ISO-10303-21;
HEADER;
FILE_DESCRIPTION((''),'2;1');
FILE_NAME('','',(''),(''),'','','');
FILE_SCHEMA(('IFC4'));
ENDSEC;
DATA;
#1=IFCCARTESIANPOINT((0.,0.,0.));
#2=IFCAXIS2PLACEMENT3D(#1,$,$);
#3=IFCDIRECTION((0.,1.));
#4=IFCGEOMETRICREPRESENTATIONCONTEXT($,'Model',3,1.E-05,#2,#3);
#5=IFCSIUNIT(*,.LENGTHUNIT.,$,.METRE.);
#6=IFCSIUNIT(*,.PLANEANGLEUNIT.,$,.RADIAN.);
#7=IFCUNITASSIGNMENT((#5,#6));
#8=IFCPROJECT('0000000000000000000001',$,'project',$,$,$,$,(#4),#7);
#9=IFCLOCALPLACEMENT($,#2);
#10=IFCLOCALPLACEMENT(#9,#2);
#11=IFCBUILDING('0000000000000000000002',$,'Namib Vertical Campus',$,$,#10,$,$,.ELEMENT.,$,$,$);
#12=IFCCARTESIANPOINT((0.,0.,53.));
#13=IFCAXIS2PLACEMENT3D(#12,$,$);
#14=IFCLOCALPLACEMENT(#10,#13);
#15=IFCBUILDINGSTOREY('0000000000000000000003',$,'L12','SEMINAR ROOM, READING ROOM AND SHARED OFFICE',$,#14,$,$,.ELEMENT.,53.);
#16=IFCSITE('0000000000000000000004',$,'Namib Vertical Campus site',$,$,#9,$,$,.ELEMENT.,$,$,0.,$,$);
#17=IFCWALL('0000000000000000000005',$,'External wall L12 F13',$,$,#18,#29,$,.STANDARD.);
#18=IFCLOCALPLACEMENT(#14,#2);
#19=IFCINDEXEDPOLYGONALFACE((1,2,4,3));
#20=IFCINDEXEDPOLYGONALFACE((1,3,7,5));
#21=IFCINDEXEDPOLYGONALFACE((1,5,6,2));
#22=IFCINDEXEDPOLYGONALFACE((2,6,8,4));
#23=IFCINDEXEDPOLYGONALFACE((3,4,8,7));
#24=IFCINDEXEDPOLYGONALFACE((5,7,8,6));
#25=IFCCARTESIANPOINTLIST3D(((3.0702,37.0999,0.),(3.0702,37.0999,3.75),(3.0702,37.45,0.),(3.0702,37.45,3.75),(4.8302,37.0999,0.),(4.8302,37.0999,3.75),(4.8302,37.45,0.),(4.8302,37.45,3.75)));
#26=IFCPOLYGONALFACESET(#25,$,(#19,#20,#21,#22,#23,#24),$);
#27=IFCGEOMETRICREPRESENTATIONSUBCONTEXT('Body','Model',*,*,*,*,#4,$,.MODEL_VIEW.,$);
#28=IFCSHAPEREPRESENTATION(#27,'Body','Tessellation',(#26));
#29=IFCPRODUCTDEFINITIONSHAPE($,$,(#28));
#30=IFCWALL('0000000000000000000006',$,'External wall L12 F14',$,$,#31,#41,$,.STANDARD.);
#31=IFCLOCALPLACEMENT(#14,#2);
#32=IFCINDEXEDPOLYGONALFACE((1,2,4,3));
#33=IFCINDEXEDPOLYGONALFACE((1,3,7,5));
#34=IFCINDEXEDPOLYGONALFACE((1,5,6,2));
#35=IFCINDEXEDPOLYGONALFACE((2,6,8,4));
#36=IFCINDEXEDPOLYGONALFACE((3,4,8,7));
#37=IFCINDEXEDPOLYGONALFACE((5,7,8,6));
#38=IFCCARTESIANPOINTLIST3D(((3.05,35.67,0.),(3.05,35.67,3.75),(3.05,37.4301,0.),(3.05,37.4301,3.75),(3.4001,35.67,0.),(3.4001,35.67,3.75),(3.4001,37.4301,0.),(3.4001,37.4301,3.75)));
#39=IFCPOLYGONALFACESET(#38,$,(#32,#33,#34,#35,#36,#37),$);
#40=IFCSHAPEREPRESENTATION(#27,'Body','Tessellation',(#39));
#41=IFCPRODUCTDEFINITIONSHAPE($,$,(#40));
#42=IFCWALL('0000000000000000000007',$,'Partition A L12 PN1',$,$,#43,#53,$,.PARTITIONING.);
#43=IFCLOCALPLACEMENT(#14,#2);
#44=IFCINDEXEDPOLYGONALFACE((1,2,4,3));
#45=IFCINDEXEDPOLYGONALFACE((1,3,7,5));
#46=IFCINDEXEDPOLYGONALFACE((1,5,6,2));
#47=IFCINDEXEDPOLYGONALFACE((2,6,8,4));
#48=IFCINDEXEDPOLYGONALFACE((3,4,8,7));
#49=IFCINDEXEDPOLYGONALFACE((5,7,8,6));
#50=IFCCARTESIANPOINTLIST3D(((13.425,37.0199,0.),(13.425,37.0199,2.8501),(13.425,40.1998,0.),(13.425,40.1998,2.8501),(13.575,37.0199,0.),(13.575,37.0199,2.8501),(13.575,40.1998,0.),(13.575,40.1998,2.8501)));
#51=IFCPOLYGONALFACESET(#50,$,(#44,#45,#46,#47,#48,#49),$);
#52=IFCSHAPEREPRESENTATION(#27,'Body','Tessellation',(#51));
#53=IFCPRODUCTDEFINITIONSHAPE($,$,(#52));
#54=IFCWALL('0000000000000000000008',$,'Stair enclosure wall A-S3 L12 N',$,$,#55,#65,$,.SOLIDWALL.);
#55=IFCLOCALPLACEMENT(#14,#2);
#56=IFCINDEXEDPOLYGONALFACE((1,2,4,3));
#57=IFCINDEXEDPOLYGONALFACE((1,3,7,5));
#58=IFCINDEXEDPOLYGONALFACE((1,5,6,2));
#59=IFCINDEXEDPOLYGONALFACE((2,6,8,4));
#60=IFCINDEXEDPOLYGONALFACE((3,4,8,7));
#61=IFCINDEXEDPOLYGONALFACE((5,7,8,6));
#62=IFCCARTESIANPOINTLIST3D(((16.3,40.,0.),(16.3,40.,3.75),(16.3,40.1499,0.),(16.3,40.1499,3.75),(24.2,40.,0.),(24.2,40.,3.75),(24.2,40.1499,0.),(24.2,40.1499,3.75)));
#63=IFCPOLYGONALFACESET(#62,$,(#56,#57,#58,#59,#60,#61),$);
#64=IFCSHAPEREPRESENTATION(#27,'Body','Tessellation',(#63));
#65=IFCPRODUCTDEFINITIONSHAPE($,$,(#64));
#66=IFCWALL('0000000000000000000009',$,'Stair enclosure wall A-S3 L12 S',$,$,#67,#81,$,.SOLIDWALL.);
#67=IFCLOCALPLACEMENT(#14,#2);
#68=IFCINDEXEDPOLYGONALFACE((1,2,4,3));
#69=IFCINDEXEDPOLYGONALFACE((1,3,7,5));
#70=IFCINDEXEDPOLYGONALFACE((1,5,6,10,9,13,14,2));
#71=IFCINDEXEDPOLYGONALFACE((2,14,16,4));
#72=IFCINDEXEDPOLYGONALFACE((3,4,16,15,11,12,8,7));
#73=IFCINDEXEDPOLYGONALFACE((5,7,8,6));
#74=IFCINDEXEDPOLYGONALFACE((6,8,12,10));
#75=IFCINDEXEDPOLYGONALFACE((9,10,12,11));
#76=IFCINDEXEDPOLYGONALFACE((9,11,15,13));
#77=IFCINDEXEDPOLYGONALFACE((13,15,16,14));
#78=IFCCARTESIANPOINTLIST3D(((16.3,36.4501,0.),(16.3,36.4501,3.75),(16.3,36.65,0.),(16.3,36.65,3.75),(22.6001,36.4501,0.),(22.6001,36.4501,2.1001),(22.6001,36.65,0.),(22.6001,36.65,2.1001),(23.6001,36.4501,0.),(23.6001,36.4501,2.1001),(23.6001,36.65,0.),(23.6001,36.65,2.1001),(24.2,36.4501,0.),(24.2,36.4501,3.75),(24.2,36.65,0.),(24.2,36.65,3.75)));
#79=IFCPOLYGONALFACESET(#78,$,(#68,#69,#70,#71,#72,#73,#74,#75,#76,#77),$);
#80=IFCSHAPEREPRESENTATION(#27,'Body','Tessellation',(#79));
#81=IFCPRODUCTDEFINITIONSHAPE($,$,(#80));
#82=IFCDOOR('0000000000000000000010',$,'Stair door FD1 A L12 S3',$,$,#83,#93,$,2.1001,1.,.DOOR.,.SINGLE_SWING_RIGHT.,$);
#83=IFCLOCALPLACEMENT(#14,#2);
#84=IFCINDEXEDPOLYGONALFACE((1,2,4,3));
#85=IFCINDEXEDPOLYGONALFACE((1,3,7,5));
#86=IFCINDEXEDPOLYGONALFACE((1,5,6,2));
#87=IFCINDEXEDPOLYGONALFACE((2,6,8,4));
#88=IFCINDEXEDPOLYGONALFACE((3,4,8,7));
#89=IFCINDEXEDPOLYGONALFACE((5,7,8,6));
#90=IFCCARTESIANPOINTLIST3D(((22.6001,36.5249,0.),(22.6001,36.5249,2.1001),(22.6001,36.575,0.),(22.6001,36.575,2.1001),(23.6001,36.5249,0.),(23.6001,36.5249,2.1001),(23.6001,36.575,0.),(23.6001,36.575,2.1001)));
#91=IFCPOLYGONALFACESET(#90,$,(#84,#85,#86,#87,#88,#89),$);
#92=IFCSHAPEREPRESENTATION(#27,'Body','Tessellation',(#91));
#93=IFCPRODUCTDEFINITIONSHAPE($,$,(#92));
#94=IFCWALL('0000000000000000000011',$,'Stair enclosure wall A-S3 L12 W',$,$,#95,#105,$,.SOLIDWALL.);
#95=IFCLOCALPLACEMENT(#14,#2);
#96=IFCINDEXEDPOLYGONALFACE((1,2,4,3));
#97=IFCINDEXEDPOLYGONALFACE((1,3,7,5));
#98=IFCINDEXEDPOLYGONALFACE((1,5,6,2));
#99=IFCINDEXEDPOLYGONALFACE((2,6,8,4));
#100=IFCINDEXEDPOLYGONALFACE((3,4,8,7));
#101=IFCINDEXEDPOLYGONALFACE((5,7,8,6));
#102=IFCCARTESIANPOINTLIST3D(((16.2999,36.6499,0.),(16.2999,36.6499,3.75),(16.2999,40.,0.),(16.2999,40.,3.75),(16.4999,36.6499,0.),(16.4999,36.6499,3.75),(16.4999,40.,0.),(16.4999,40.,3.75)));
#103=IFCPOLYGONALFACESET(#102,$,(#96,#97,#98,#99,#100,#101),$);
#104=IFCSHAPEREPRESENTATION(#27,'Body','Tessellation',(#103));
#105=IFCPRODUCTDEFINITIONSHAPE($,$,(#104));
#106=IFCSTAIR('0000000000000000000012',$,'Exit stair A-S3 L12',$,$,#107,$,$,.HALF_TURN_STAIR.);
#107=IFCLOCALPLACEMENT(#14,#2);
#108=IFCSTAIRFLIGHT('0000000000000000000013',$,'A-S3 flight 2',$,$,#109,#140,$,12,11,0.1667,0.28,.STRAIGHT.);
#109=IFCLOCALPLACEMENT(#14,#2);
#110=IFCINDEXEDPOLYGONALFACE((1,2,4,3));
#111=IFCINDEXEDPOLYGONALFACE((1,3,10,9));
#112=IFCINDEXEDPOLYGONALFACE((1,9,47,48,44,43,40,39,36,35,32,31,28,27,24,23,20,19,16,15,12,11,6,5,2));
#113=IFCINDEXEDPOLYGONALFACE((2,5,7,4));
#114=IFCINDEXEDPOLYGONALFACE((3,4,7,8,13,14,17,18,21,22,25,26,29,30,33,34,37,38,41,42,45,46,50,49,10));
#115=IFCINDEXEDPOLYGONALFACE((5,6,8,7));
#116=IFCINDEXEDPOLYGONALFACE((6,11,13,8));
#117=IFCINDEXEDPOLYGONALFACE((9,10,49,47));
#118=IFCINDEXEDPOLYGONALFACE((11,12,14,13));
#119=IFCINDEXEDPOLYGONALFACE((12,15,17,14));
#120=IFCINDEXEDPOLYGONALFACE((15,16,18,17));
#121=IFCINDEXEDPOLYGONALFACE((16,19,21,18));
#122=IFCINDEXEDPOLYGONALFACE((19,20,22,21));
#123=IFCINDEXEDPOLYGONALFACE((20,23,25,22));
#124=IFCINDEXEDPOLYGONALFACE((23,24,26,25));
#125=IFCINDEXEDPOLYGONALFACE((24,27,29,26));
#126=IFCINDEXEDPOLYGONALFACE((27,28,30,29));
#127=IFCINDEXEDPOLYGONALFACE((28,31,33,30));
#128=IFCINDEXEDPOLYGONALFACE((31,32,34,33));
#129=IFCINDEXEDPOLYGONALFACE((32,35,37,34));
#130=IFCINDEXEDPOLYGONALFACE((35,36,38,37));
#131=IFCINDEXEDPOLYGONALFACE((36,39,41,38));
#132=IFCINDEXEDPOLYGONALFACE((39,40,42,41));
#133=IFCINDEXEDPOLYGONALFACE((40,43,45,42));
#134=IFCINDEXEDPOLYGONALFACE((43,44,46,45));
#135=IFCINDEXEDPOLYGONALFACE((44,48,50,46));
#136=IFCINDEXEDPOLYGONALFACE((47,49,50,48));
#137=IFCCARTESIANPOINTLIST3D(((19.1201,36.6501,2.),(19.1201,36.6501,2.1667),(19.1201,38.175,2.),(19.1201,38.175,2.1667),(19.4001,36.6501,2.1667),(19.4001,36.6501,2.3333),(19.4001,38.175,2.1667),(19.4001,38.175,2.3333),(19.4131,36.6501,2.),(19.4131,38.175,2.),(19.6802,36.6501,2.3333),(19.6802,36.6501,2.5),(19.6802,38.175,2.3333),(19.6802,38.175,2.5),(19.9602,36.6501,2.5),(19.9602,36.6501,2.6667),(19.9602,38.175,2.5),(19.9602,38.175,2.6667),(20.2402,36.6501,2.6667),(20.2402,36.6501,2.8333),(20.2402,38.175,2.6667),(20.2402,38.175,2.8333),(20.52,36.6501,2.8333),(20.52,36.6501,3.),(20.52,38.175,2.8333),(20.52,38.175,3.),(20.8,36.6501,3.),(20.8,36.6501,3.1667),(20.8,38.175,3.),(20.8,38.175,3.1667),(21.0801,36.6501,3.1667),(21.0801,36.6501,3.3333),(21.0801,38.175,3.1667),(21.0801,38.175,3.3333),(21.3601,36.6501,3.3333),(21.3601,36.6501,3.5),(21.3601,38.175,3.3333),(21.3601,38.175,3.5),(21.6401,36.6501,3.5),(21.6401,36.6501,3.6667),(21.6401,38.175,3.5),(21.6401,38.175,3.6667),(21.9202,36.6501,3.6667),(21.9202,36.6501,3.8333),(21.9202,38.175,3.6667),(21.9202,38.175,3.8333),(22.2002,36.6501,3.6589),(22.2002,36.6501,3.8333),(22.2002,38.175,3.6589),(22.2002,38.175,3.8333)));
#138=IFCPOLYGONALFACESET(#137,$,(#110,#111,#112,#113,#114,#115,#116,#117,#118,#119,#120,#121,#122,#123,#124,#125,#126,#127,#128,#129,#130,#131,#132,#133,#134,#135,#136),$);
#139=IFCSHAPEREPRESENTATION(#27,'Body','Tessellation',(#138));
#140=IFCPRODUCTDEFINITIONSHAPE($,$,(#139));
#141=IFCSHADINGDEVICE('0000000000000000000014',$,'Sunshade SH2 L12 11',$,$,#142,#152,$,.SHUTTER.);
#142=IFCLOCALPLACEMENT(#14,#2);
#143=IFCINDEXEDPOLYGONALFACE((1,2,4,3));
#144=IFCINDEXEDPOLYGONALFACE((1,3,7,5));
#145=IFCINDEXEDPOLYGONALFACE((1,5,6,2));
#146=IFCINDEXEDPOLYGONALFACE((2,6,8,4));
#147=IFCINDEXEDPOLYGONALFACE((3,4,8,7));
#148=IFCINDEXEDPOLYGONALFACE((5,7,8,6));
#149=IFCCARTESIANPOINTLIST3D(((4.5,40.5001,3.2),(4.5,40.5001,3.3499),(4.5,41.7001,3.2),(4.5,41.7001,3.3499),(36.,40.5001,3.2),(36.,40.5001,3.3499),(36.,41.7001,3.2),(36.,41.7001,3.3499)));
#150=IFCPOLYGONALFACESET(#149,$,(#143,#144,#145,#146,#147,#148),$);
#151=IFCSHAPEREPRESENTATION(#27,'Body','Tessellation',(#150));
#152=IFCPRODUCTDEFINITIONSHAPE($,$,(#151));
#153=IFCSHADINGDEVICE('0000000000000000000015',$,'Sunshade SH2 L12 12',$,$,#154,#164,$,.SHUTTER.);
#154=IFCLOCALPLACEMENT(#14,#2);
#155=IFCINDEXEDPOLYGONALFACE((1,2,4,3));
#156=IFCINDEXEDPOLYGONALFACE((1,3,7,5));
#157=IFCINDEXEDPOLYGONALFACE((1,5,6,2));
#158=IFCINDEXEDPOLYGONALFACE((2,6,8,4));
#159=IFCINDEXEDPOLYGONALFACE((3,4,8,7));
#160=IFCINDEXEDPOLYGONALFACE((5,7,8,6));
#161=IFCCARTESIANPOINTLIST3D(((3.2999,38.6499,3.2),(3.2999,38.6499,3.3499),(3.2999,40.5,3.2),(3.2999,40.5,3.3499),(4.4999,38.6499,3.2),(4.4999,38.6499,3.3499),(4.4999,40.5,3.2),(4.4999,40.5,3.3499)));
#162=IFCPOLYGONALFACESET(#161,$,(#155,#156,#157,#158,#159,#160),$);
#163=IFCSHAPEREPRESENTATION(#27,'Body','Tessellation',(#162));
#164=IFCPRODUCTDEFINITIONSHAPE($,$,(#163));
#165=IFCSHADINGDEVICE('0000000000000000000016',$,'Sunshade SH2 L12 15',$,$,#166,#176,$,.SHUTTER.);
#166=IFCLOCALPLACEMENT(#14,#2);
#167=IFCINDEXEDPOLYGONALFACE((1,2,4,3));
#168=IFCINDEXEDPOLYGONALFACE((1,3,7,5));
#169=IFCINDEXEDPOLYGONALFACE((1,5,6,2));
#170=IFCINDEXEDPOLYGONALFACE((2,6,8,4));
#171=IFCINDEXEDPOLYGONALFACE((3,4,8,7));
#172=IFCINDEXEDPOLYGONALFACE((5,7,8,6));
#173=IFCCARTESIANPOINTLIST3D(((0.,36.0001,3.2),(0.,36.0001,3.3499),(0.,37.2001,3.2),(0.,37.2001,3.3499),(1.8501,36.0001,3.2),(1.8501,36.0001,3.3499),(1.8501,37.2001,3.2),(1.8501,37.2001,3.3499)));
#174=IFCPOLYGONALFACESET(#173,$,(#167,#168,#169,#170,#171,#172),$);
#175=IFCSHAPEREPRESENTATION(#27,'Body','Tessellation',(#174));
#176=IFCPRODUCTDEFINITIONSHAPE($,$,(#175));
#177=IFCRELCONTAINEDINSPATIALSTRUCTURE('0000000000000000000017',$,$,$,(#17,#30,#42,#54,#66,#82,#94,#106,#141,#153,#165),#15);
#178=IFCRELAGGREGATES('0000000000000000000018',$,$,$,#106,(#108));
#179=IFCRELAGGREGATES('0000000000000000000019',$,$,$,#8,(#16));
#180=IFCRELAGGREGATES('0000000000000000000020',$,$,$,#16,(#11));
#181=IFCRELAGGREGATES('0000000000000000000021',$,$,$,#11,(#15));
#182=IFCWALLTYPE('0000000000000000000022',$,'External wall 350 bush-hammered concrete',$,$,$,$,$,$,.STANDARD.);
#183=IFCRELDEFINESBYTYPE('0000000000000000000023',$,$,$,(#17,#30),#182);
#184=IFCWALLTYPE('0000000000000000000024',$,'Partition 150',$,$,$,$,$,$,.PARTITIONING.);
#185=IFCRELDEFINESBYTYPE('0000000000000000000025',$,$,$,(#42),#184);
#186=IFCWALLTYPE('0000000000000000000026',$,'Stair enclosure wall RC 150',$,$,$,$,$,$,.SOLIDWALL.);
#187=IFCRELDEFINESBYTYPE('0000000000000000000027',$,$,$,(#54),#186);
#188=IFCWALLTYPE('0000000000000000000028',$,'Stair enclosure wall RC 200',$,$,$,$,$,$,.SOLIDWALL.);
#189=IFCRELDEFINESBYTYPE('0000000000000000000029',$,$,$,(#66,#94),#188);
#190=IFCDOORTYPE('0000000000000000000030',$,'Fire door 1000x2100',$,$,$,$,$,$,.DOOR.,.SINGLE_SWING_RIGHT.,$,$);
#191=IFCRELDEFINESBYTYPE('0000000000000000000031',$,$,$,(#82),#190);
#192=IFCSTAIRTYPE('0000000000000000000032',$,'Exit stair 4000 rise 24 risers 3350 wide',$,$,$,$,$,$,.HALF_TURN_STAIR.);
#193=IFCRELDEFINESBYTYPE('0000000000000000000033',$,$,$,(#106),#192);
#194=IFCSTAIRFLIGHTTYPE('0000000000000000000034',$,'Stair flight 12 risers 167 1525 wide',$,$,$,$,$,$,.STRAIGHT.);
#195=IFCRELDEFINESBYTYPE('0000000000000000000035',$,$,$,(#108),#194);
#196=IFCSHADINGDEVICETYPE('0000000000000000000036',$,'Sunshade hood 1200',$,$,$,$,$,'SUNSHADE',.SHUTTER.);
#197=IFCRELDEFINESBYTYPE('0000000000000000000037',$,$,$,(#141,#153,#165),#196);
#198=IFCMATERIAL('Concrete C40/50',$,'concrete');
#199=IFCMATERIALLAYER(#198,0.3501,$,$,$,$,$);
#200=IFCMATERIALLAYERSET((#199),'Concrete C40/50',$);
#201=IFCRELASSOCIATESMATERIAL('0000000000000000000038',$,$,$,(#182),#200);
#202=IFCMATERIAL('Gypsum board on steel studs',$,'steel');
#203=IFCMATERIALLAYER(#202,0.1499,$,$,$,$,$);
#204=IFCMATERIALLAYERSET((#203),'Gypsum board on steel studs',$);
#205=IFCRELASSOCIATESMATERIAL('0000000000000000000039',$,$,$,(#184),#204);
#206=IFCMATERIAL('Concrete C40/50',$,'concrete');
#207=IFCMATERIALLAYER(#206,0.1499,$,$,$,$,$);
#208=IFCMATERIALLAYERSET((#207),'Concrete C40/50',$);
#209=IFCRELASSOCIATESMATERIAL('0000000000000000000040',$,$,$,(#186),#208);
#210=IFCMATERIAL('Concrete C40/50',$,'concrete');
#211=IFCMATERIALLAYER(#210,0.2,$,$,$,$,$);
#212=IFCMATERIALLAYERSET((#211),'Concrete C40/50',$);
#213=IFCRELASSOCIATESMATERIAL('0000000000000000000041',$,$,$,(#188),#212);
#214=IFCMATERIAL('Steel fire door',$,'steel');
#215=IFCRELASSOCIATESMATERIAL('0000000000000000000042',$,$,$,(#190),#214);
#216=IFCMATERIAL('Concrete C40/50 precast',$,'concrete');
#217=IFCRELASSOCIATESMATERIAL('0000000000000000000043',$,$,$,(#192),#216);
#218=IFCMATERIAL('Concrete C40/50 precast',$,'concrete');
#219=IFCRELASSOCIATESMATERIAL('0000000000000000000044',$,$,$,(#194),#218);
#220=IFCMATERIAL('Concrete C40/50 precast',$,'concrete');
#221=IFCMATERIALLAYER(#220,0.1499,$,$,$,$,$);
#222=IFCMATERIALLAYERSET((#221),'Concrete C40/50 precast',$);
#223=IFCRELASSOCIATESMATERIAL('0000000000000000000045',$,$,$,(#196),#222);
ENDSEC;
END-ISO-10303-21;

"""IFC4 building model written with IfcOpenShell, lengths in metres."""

from ifc_helpers import new_model, si_unit, direction, frame, frame_2d, origin, origin_2d, place, context, subcontext, project, spatial, polyline, rectangle, outline, extrude, material, layer, layer_set, type_object, element, fill, aggregate, save


model = new_model("IFC4")

# Units and contexts
model_context = context("Model", 3, precision=1e-05, world=origin(), true_north=direction((0.0, 1.0)))
body_context = subcontext(model_context, "Body", "Model", "MODEL_VIEW")
ifc_project = project(units=[si_unit("LENGTHUNIT", "METRE"), si_unit("PLANEANGLEUNIT", "RADIAN")], contexts=[model_context])

# Site, building, storey
site_placement = place(None, origin())
site = spatial("IfcSite", under=ifc_project, at=site_placement, Name="Namib Vertical Campus site", CompositionType="ELEMENT", RefElevation=0.0)
building_placement = place(site_placement, origin())
building = spatial("IfcBuilding", under=site, at=building_placement, Name="Namib Vertical Campus", CompositionType="ELEMENT")
storey_placement = place(building_placement, frame((0.0, 0.0, 53.0)))
storey = spatial("IfcBuildingStorey", under=building, at=storey_placement, Name="L12", Description="SEMINAR ROOM, READING ROOM AND SHARED OFFICE", CompositionType="ELEMENT", Elevation=53.0)

# Walls
ifc_material_1 = material(Name="Concrete C40/50", Category="concrete")
ifc_layer_1 = layer(ifc_material_1, 0.3501)
ifc_layer_set_1 = layer_set([ifc_layer_1], Name="Concrete C40/50")
wall_type_1 = type_object("IfcWallType", Name="External wall 350 bush-hammered concrete", PredefinedType="STANDARD", material=ifc_layer_set_1)
for number, where, z_axis, x_axis, name in (
    (1, (4.8301, 37.2749, 0.0), (0.0, 0.0, 1.0), (-1.0, 0.0, 0.0), "External wall L12 F13"),
    (2, (3.2251, 37.4299, 0.0), (0.0, 0.0, 1.0), (0.0, -1.0, 0.0), "External wall L12 F14"),
):
    element("IfcWall", number, at=place(storey_placement, frame(where, z_axis=z_axis, x_axis=x_axis)), inside=storey, type_object=wall_type_1, Name=name, PredefinedType="STANDARD", context=body_context, shape_type="SweptSolid", body=[
        extrude(rectangle(XDim=1.76, YDim=0.3501, at=frame_2d((0.8799, 0.0))), origin(), (0.0, 0.0, 1.0), 3.75),
    ])
ifc_material_2 = material(Name="Gypsum board on steel studs", Category="steel")
ifc_layer_2 = layer(ifc_material_2, 0.1499)
ifc_layer_set_2 = layer_set([ifc_layer_2], Name="Gypsum board on steel studs")
wall_type_2 = type_object("IfcWallType", Name="Partition 150", PredefinedType="PARTITIONING", material=ifc_layer_set_2)
wall_1_placement = place(storey_placement, frame((13.5, 37.02, 0.0), z_axis=(0.0, 0.0, 1.0), x_axis=(0.0, 1.0, 0.0)))
element("IfcWall", 3, at=wall_1_placement, inside=storey, type_object=wall_type_2, Name="Partition A L12 PN1", PredefinedType="PARTITIONING", context=body_context, shape_type="SweptSolid", body=[
    extrude(rectangle(XDim=3.1799, YDim=0.1499, at=frame_2d((1.5898, 0.0))), origin(), (0.0, 0.0, 1.0), 2.8501),
])
ifc_material_3 = material(Name="Concrete C40/50", Category="concrete")
ifc_layer_3 = layer(ifc_material_3, 0.1499)
ifc_layer_set_3 = layer_set([ifc_layer_3], Name="Concrete C40/50")
wall_type_3 = type_object("IfcWallType", Name="Stair enclosure wall RC 150", PredefinedType="SOLIDWALL", material=ifc_layer_set_3)
wall_2_placement = place(storey_placement, frame((16.3, 40.075, 0.0), z_axis=(0.0, 0.0, 1.0), x_axis=(1.0, 0.0, 0.0)))
element("IfcWall", 4, at=wall_2_placement, inside=storey, type_object=wall_type_3, Name="Stair enclosure wall A-S3 L12 N", PredefinedType="SOLIDWALL", context=body_context, shape_type="SweptSolid", body=[
    extrude(rectangle(XDim=7.8999, YDim=0.1499, at=frame_2d((3.95, 0.0))), origin(), (0.0, 0.0, 1.0), 3.75),
])

# Wall, opening, door
ifc_material_4 = material(Name="Concrete C40/50", Category="concrete")
ifc_layer_4 = layer(ifc_material_4, 0.2)
ifc_layer_set_4 = layer_set([ifc_layer_4], Name="Concrete C40/50")
wall_type_4 = type_object("IfcWallType", Name="Stair enclosure wall RC 200", PredefinedType="SOLIDWALL", material=ifc_layer_set_4)
wall_3_placement = place(storey_placement, frame((16.3, 36.55, 0.0), z_axis=(0.0, 0.0, 1.0), x_axis=(1.0, 0.0, 0.0)))
wall_3 = element("IfcWall", 5, at=wall_3_placement, inside=storey, type_object=wall_type_4, Name="Stair enclosure wall A-S3 L12 S", PredefinedType="SOLIDWALL", context=body_context, shape_type="SweptSolid", body=[
    extrude(rectangle(XDim=7.8999, YDim=0.2, at=frame_2d((3.95, 0.0))), origin(), (0.0, 0.0, 1.0), 3.75),
])
opening_placement = place(wall_3_placement, frame((6.3, 0.0, 0.0)))
opening = element("IfcOpeningElement", 6, at=opening_placement, cuts=wall_3, PredefinedType="OPENING", context=body_context, shape_type="SweptSolid", body=[
    extrude(rectangle(XDim=1.0, YDim=2.1001, at=frame_2d((0.5, 1.05))), frame((0.0, 0.1099, 0.0), z_axis=(0.0, -1.0, 0.0), x_axis=(1.0, 0.0, 0.0)), (0.0, 0.0, 1.0), 0.22),
])
ifc_material_5 = material(Name="Steel fire door", Category="steel")
door_type = type_object("IfcDoorType", Name="Fire door 1000x2100", OperationType="SINGLE_SWING_RIGHT", PredefinedType="DOOR", material=ifc_material_5)
door_placement = place(opening_placement, origin())
door = element("IfcDoor", 7, at=door_placement, inside=storey, type_object=door_type, Name="Stair door FD1 A L12 S3", OperationType="SINGLE_SWING_RIGHT", OverallHeight=2.1001, OverallWidth=1.0, PredefinedType="DOOR", context=body_context, shape_type="SweptSolid", body=[
    extrude(rectangle(XDim=1.0, YDim=2.1001, at=frame_2d((0.5, 1.05))), frame((0.0, 0.0249, 0.0), z_axis=(0.0, -1.0, 0.0), x_axis=(1.0, 0.0, 0.0)), (0.0, 0.0, 1.0), 0.05),
])
fill(opening, door)

# Wall
wall_4_placement = place(storey_placement, frame((16.3999, 36.6499, 0.0), z_axis=(0.0, 0.0, 1.0), x_axis=(0.0, 1.0, 0.0)))
element("IfcWall", 8, at=wall_4_placement, inside=storey, type_object=wall_type_4, Name="Stair enclosure wall A-S3 L12 W", PredefinedType="SOLIDWALL", context=body_context, shape_type="SweptSolid", body=[
    extrude(rectangle(XDim=3.3501, YDim=0.2, at=frame_2d((1.675, 0.0))), origin(), (0.0, 0.0, 1.0), 3.75),
])

# Stair, stair flight
ifc_material_6 = material(Name="Concrete C40/50 precast", Category="concrete")
stair_type = type_object("IfcStairType", Name="Exit stair 4000 rise 24 risers 3350 wide", PredefinedType="HALF_TURN_STAIR", material=ifc_material_6)
stair_placement = place(storey_placement, origin())
stair = element("IfcStair", 9, at=stair_placement, inside=storey, type_object=stair_type, Name="Exit stair A-S3 L12", PredefinedType="HALF_TURN_STAIR")
ifc_material_7 = material(Name="Concrete C40/50 precast", Category="concrete")
stair_flight_type = type_object("IfcStairFlightType", Name="Stair flight 12 risers 167 1525 wide", PredefinedType="STRAIGHT", material=ifc_material_7)
stair_flight_placement = place(storey_placement, frame((19.1201, 37.4126, 2.0), z_axis=(0.0, 0.0, 1.0), x_axis=(1.0, 0.0, 0.0)))
stair_flight = element("IfcStairFlight", 10, at=stair_flight_placement, type_object=stair_flight_type, Name="A-S3 flight 2", NumberOfRisers=12, NumberOfTreads=11, PredefinedType="STRAIGHT", RiserHeight=0.1667, TreadLength=0.28, context=body_context, shape_type="SweptSolid", body=[
    extrude(outline(polyline([(0.0, 0.0), (0.0, 0.1667), (0.28, 0.1667), (0.28, 0.3333), (0.5601, 0.3333), (0.5601, 0.5), (0.8401, 0.5), (0.8401, 0.6667), (1.1201, 0.6667), (1.1201, 0.8333), (1.3999, 0.8333), (1.3999, 1.0), (1.6799, 1.0), (1.6799, 1.1667), (1.96, 1.1667), (1.96, 1.3333), (2.24, 1.3333), (2.24, 1.5), (2.52, 1.5), (2.52, 1.6667), (2.8, 1.6667), (2.8, 1.8333), (3.0801, 1.8333), (3.0801, 2.0), (3.0801, 1.6589), (0.293, 0.0), (0.0, 0.0)])), frame((0.0, 0.7625, 0.0), z_axis=(0.0, -1.0, 0.0), x_axis=(1.0, 0.0, 0.0)), (0.0, 0.0, 1.0), 1.5249),
])
aggregate(stair, [stair_flight])

# Shading devices
ifc_material_8 = material(Name="Concrete C40/50 precast", Category="concrete")
ifc_layer_5 = layer(ifc_material_8, 0.1499)
ifc_layer_set_5 = layer_set([ifc_layer_5], Name="Concrete C40/50 precast")
shading_device_type = type_object("IfcShadingDeviceType", Name="Sunshade hood 1200", ElementType="SUNSHADE", PredefinedType="SHUTTER", material=ifc_layer_set_5)
shading_device_placement = place(storey_placement, frame((20.25, 41.1001, 3.2), z_axis=(0.0, 0.0, 1.0), x_axis=(-1.0, 0.0, 0.0)))
element("IfcShadingDevice", 11, at=shading_device_placement, inside=storey, type_object=shading_device_type, Name="Sunshade SH2 L12 11", PredefinedType="SHUTTER", context=body_context, shape_type="SweptSolid", body=[
    extrude(rectangle(XDim=31.5, YDim=1.2, at=origin_2d()), origin(), (0.0, 0.0, 1.0), 0.1499),
])
for number, where, z_axis, x_axis, name in (
    (12, (3.8999, 39.575, 3.2), (0.0, 0.0, 1.0), (0.0, -1.0, 0.0), "Sunshade SH2 L12 12"),
    (13, (0.925, 36.6001, 3.2), (0.0, 0.0, 1.0), (-1.0, 0.0, 0.0), "Sunshade SH2 L12 15"),
):
    element("IfcShadingDevice", number, at=place(storey_placement, frame(where, z_axis=z_axis, x_axis=x_axis)), inside=storey, type_object=shading_device_type, Name=name, PredefinedType="SHUTTER", context=body_context, shape_type="SweptSolid", body=[
        extrude(rectangle(XDim=1.8501, YDim=1.2, at=origin_2d()), origin(), (0.0, 0.0, 1.0), 0.1499),
    ])

save(model, "model.ifc")
